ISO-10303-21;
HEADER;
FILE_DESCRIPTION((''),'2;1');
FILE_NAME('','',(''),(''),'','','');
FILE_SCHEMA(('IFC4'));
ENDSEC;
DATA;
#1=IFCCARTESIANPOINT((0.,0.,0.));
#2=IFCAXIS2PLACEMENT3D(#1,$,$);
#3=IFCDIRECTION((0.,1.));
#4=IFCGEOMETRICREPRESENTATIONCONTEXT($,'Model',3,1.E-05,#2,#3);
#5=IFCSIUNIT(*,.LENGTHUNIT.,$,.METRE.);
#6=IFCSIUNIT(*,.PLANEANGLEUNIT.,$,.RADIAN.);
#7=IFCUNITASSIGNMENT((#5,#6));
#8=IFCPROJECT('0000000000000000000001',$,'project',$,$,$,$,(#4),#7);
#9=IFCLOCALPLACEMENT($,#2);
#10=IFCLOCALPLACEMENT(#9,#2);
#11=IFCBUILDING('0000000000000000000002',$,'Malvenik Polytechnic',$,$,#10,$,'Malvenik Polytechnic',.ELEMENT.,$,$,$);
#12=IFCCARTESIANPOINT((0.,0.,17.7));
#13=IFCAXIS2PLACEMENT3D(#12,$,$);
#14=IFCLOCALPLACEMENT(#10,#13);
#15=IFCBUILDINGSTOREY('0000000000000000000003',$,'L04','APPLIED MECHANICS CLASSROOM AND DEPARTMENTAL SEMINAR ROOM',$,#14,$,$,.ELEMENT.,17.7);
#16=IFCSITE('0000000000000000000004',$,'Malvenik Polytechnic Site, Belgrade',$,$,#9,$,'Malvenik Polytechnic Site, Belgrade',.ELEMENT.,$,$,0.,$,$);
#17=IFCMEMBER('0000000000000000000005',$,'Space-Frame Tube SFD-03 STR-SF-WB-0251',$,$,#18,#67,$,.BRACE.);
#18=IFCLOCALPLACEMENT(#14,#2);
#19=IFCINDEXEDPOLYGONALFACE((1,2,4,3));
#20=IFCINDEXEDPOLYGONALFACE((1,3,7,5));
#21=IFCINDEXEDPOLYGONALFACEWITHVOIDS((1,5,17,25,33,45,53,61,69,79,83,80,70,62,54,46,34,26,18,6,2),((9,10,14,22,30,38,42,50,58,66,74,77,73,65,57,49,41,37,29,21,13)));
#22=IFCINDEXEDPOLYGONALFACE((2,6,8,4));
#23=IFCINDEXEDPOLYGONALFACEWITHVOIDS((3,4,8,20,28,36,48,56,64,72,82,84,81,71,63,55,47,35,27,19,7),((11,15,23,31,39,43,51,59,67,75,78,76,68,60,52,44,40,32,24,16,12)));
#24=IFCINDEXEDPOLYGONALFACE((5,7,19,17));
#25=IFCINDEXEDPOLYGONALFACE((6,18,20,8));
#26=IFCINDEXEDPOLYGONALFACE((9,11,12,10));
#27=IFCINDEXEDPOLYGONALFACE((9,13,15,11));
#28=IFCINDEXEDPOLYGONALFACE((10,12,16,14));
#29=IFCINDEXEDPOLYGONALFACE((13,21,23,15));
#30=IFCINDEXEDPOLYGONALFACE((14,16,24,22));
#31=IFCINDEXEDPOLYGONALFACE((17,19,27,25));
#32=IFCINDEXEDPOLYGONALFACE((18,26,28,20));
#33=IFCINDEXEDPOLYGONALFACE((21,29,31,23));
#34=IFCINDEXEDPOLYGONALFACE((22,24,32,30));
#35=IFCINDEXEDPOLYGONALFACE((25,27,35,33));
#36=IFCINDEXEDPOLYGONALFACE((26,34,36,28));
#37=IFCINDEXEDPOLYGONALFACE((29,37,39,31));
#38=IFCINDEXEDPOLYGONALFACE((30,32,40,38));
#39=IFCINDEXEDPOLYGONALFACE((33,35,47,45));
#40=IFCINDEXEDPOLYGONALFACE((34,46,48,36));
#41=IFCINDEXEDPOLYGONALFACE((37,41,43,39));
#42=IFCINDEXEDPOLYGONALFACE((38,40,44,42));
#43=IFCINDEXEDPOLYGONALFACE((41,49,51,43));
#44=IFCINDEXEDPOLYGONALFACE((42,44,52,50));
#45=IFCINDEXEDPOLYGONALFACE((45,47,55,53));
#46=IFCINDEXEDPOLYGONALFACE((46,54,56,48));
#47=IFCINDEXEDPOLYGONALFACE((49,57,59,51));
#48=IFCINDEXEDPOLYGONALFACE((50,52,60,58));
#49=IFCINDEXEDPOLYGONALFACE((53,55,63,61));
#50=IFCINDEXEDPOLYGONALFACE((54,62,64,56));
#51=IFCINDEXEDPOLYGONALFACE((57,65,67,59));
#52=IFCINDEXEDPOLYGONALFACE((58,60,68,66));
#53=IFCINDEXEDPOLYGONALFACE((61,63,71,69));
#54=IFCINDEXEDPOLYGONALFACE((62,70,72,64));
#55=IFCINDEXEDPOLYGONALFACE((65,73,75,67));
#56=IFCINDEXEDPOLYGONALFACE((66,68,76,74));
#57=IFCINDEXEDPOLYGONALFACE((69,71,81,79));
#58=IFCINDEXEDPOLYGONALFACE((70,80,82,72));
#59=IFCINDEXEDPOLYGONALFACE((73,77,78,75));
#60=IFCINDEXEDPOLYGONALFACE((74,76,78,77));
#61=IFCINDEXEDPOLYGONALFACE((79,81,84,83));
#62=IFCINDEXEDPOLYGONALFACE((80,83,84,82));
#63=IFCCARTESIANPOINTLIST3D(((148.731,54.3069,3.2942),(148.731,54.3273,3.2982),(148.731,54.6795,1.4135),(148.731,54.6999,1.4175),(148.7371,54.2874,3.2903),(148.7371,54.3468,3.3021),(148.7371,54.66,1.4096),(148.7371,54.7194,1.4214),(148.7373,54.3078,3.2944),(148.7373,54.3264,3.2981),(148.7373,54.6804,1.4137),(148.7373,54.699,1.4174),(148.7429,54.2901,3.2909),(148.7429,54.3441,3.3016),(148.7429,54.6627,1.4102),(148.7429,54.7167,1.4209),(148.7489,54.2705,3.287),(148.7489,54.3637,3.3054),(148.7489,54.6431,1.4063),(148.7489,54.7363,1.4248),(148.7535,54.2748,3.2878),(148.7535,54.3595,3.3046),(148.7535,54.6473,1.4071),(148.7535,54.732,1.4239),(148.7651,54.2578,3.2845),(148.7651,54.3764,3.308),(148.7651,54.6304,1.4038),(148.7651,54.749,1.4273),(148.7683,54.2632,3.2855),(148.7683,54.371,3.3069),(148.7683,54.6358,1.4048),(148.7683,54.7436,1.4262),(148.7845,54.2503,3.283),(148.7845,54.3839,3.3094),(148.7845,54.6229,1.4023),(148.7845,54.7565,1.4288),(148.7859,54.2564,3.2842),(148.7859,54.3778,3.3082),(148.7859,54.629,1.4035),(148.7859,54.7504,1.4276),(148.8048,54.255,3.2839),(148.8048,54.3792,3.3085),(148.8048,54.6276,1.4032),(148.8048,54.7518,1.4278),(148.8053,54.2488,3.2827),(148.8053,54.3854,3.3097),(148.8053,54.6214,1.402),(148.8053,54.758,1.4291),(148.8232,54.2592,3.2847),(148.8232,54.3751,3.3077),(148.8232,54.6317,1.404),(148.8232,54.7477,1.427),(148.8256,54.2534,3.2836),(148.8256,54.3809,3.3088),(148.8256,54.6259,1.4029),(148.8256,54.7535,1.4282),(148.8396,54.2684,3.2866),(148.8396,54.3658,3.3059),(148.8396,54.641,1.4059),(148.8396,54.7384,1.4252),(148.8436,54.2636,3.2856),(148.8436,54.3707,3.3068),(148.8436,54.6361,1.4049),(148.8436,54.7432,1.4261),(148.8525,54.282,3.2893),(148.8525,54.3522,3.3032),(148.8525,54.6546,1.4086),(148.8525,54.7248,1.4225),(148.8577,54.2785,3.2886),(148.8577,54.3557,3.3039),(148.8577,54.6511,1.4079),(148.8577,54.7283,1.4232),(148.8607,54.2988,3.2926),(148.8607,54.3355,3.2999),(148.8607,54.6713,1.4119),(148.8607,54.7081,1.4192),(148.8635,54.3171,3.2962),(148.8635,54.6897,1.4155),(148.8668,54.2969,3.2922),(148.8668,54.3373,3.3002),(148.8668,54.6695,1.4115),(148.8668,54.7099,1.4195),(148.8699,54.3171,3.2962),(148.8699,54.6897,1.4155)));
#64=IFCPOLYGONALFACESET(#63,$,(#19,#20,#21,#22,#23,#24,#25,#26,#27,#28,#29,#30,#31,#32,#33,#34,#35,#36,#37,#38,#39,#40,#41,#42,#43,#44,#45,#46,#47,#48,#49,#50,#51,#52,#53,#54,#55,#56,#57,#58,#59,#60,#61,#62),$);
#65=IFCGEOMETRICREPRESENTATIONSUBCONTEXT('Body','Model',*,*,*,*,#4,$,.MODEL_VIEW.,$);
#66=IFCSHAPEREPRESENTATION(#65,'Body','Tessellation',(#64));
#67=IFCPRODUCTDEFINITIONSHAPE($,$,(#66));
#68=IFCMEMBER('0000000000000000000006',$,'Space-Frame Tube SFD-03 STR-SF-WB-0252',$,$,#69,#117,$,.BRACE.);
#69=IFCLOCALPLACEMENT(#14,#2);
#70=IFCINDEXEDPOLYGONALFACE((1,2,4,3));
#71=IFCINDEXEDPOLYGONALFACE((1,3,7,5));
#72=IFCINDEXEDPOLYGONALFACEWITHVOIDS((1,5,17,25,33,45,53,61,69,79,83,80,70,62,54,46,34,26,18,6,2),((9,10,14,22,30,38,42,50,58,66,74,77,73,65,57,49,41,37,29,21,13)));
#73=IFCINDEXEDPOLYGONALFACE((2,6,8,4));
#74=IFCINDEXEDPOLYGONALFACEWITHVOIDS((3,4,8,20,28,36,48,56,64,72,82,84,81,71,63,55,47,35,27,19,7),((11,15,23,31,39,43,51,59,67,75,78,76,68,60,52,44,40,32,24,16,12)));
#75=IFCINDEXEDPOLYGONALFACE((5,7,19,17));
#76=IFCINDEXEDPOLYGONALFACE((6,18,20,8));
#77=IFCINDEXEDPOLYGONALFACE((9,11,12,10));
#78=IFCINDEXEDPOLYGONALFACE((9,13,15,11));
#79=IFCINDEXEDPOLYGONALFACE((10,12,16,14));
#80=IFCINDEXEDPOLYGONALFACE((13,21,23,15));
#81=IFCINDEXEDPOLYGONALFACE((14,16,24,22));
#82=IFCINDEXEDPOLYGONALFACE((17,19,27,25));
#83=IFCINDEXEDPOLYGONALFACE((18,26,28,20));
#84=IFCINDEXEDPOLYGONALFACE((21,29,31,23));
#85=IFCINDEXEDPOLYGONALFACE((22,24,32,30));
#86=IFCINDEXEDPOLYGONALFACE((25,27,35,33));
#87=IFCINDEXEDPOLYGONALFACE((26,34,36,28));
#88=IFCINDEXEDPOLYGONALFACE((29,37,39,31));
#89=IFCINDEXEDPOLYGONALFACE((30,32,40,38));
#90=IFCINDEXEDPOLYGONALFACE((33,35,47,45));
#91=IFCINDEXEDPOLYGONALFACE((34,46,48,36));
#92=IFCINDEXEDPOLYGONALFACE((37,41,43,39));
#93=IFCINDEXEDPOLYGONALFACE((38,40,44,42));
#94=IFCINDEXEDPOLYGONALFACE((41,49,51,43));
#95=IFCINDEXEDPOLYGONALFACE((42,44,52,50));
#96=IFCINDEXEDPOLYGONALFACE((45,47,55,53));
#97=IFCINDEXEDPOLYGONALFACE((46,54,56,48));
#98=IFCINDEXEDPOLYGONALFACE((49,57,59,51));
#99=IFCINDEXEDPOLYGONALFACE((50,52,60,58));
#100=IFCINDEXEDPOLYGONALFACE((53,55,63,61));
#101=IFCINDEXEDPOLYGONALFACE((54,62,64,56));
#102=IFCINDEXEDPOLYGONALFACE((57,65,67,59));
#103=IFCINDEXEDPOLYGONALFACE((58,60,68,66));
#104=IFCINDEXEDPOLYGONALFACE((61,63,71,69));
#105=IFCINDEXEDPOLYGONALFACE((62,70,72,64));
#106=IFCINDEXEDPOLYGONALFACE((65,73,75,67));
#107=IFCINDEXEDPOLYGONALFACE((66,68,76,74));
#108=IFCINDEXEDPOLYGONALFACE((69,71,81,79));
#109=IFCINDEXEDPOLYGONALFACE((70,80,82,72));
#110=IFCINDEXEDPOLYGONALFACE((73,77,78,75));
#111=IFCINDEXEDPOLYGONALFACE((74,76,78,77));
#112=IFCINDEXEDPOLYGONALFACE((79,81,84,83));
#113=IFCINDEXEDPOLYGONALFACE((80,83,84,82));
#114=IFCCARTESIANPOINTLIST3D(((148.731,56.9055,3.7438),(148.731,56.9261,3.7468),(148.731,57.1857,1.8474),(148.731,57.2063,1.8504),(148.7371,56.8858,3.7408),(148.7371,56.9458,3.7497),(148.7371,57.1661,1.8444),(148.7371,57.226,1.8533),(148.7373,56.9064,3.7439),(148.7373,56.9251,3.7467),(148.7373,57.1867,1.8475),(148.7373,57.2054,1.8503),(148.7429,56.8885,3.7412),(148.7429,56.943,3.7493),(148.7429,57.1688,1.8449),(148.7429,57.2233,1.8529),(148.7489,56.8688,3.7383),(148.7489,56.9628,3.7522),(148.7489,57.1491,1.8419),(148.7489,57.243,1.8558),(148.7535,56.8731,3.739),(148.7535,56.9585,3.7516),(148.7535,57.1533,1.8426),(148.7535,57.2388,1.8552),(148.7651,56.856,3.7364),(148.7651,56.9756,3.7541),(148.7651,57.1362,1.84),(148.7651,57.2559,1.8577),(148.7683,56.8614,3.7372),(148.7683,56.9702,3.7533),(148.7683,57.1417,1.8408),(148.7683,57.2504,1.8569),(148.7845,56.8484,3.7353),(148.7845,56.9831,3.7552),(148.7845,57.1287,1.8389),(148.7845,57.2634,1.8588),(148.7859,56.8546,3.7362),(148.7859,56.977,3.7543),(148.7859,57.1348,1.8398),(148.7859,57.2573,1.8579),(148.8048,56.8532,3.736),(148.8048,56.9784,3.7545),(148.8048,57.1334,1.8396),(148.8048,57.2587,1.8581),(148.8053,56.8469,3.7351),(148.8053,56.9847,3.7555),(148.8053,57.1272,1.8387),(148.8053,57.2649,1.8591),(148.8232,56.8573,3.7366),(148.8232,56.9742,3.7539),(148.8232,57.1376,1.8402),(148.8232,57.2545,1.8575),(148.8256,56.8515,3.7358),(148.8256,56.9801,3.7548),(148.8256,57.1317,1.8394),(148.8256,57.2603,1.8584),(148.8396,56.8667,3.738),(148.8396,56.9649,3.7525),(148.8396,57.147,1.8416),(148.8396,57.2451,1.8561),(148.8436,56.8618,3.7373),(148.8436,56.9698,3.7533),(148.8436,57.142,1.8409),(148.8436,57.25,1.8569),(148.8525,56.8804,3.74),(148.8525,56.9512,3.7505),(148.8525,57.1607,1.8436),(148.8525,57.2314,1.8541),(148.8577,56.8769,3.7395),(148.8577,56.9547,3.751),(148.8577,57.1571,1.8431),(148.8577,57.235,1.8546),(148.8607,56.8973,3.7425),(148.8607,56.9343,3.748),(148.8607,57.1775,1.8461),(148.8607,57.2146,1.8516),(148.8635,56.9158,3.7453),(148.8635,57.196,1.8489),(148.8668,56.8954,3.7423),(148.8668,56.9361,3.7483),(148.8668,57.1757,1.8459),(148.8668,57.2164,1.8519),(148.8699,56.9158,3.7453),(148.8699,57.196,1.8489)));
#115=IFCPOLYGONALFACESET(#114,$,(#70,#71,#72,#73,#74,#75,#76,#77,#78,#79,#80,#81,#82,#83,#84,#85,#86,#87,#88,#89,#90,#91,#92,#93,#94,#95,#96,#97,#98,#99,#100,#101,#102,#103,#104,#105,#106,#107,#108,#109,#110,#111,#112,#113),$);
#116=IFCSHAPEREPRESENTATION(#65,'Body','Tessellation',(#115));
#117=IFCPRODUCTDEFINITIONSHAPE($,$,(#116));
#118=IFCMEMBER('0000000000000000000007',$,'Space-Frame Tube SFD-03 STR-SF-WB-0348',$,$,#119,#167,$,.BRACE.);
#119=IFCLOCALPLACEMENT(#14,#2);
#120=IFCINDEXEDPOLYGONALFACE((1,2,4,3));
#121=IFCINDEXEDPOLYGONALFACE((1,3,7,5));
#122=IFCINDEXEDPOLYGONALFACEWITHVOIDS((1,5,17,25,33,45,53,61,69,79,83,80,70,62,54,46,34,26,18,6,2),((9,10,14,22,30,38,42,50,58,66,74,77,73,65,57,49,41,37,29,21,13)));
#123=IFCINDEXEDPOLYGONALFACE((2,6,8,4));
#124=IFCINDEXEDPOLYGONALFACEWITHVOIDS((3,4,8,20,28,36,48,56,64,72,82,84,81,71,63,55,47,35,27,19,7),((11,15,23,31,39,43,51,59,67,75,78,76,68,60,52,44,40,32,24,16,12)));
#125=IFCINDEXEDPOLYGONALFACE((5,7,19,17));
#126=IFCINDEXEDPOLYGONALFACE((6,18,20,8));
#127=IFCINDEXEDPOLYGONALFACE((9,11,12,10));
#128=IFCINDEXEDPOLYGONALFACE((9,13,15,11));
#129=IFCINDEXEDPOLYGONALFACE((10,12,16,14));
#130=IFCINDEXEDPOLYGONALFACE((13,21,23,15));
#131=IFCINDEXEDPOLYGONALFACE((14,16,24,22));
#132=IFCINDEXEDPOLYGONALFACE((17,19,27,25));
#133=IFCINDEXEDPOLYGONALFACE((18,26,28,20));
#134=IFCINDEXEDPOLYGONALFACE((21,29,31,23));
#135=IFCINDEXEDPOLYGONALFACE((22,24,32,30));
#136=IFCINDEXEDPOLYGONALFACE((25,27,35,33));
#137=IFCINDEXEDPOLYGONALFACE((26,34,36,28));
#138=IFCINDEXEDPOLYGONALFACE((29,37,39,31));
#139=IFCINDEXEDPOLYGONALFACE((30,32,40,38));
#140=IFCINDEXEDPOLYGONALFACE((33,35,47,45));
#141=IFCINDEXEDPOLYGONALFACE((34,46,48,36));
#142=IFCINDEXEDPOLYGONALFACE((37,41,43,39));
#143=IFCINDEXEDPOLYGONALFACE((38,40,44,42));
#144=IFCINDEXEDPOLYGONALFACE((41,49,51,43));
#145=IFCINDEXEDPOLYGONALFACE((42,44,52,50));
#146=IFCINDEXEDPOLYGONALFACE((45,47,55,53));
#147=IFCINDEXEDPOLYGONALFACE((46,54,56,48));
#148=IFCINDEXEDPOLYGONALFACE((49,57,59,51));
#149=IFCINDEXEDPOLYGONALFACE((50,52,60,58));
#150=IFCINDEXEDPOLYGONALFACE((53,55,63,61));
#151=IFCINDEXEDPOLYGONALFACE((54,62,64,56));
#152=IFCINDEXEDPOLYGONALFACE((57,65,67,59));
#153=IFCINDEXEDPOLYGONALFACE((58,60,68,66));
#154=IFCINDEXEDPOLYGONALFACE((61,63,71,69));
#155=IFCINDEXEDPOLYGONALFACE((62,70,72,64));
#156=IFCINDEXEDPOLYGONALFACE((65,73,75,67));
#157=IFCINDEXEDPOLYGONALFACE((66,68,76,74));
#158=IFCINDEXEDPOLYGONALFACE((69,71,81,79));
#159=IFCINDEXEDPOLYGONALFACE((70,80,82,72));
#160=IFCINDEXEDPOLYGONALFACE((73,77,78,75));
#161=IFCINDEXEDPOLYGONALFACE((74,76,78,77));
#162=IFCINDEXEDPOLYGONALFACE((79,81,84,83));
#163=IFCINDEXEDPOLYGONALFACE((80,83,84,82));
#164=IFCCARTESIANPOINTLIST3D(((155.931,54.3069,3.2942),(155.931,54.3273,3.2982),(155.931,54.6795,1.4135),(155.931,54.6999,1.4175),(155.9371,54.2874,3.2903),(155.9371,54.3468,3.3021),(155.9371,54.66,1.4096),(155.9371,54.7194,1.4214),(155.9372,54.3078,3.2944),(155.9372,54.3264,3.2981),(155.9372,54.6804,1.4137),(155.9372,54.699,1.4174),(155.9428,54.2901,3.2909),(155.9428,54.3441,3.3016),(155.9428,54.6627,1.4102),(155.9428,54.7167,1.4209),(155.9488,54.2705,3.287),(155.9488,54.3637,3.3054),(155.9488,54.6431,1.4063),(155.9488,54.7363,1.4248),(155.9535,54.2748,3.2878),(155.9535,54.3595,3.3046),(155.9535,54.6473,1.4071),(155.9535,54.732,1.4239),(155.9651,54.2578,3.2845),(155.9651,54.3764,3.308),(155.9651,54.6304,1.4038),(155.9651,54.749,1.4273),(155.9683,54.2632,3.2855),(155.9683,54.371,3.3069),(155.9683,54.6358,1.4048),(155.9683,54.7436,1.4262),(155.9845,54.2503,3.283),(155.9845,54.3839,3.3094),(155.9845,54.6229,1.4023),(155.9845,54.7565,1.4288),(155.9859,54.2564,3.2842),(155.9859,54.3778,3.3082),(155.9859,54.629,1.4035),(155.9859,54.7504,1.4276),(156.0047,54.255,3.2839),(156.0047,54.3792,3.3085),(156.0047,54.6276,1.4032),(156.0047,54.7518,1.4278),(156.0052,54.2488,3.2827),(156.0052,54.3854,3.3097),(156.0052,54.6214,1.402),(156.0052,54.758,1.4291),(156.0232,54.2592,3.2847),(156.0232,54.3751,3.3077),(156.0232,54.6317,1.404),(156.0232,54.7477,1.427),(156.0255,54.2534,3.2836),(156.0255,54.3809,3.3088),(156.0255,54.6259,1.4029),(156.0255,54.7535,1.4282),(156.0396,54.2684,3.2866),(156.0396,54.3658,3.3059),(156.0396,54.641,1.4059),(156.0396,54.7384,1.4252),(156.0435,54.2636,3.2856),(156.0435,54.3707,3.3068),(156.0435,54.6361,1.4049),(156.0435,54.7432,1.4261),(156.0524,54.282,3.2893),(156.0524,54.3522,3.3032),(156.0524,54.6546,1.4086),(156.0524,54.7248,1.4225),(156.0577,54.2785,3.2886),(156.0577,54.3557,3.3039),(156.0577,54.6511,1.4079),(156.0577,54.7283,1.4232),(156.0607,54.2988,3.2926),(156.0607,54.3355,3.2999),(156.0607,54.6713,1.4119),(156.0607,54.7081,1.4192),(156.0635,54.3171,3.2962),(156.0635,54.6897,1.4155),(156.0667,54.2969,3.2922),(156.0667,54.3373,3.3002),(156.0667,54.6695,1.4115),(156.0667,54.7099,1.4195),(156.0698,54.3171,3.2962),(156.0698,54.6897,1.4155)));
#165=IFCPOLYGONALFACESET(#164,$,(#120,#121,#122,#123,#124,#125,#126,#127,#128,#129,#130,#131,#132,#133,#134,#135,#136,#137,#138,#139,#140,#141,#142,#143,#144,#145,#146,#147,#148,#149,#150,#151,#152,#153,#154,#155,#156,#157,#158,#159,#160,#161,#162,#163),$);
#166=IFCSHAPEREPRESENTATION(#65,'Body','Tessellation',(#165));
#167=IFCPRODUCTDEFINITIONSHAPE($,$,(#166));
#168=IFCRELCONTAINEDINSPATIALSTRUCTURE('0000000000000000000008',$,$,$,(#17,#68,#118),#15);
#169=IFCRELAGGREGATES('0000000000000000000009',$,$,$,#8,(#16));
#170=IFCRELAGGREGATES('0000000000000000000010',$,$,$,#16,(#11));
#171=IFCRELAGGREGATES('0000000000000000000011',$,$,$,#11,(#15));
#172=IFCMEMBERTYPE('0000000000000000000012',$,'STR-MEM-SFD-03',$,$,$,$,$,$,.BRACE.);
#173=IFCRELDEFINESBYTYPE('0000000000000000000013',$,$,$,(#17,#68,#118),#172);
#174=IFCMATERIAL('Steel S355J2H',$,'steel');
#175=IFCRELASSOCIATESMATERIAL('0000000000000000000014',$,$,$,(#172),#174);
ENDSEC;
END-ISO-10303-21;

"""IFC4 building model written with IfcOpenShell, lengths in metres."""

from ifc_helpers import new_model, si_unit, direction, frame, origin, origin_2d, place, context, subcontext, project, spatial, hollow_circle, extrude, material, material_profile, profile_set, type_object, element, save


model = new_model("IFC4")

# Units and contexts
model_context = context("Model", 3, precision=1e-05, world=origin(), true_north=direction((0.0, 1.0)))
body_context = subcontext(model_context, "Body", "Model", "MODEL_VIEW")
ifc_project = project(units=[si_unit("LENGTHUNIT", "METRE"), si_unit("PLANEANGLEUNIT", "RADIAN")], contexts=[model_context])

# Site, building, storey
site_placement = place(None, origin())
site = spatial("IfcSite", under=ifc_project, at=site_placement, Name="Malvenik Polytechnic Site, Belgrade", LongName="Malvenik Polytechnic Site, Belgrade", CompositionType="ELEMENT", RefElevation=0.0)
building_placement = place(site_placement, origin())
building = spatial("IfcBuilding", under=site, at=building_placement, Name="Malvenik Polytechnic", LongName="Malvenik Polytechnic", CompositionType="ELEMENT")
storey_placement = place(building_placement, frame((0.0, 0.0, 17.7)))
storey = spatial("IfcBuildingStorey", under=building, at=storey_placement, Name="L04", Description="APPLIED MECHANICS CLASSROOM AND DEPARTMENTAL SEMINAR ROOM", CompositionType="ELEMENT", Elevation=17.7)

# Members
ifc_material_1 = material(Name="Steel S355J2H", Category="steel")
ifc_material_profile_1 = material_profile(ifc_material_1, hollow_circle(Radius=0.0698, WallThickness=0.0063, at=origin_2d()), Name="CHS 139.7x6.3")
ifc_profile_set_1 = profile_set([ifc_material_profile_1], Name="Steel S355J2H")
member_type_1 = type_object("IfcMemberType", Name="STR-MEM-SFD-03", PredefinedType="BRACE", material=ifc_profile_set_1)
member_1_placement = place(storey_placement, frame((148.8, 54.6897, 1.4155), z_axis=(0.0, -0.194328, 0.980937), x_axis=(1.0, 0.0, 0.0)))
element("IfcMember", 1, at=member_1_placement, inside=storey, type_object=member_type_1, Name="Space-Frame Tube SFD-03 STR-SF-WB-0251", PredefinedType="BRACE", context=body_context, shape_type="SweptSolid", body=[
    extrude(hollow_circle(Radius=0.0698, WallThickness=0.0063, at=origin_2d()), origin(), (0.0, 0.0, 1.0), 1.9172),
])
member_2_placement = place(storey_placement, frame((148.8, 57.196, 1.8489), z_axis=(0.0, -0.146198, 0.989255), x_axis=(1.0, 0.0, 0.0)))
element("IfcMember", 2, at=member_2_placement, inside=storey, type_object=member_type_1, Name="Space-Frame Tube SFD-03 STR-SF-WB-0252", PredefinedType="BRACE", context=body_context, shape_type="SweptSolid", body=[
    extrude(hollow_circle(Radius=0.0698, WallThickness=0.0063, at=origin_2d()), origin(), (0.0, 0.0, 1.0), 1.917),
])
member_3_placement = place(storey_placement, frame((156.0, 54.6897, 1.4155), z_axis=(0.0, -0.194328, 0.980937), x_axis=(1.0, 0.0, 0.0)))
element("IfcMember", 3, at=member_3_placement, inside=storey, type_object=member_type_1, Name="Space-Frame Tube SFD-03 STR-SF-WB-0348", PredefinedType="BRACE", context=body_context, shape_type="SweptSolid", body=[
    extrude(hollow_circle(Radius=0.0698, WallThickness=0.0063, at=origin_2d()), origin(), (0.0, 0.0, 1.0), 1.9172),
])

save(model, "model.ifc")
